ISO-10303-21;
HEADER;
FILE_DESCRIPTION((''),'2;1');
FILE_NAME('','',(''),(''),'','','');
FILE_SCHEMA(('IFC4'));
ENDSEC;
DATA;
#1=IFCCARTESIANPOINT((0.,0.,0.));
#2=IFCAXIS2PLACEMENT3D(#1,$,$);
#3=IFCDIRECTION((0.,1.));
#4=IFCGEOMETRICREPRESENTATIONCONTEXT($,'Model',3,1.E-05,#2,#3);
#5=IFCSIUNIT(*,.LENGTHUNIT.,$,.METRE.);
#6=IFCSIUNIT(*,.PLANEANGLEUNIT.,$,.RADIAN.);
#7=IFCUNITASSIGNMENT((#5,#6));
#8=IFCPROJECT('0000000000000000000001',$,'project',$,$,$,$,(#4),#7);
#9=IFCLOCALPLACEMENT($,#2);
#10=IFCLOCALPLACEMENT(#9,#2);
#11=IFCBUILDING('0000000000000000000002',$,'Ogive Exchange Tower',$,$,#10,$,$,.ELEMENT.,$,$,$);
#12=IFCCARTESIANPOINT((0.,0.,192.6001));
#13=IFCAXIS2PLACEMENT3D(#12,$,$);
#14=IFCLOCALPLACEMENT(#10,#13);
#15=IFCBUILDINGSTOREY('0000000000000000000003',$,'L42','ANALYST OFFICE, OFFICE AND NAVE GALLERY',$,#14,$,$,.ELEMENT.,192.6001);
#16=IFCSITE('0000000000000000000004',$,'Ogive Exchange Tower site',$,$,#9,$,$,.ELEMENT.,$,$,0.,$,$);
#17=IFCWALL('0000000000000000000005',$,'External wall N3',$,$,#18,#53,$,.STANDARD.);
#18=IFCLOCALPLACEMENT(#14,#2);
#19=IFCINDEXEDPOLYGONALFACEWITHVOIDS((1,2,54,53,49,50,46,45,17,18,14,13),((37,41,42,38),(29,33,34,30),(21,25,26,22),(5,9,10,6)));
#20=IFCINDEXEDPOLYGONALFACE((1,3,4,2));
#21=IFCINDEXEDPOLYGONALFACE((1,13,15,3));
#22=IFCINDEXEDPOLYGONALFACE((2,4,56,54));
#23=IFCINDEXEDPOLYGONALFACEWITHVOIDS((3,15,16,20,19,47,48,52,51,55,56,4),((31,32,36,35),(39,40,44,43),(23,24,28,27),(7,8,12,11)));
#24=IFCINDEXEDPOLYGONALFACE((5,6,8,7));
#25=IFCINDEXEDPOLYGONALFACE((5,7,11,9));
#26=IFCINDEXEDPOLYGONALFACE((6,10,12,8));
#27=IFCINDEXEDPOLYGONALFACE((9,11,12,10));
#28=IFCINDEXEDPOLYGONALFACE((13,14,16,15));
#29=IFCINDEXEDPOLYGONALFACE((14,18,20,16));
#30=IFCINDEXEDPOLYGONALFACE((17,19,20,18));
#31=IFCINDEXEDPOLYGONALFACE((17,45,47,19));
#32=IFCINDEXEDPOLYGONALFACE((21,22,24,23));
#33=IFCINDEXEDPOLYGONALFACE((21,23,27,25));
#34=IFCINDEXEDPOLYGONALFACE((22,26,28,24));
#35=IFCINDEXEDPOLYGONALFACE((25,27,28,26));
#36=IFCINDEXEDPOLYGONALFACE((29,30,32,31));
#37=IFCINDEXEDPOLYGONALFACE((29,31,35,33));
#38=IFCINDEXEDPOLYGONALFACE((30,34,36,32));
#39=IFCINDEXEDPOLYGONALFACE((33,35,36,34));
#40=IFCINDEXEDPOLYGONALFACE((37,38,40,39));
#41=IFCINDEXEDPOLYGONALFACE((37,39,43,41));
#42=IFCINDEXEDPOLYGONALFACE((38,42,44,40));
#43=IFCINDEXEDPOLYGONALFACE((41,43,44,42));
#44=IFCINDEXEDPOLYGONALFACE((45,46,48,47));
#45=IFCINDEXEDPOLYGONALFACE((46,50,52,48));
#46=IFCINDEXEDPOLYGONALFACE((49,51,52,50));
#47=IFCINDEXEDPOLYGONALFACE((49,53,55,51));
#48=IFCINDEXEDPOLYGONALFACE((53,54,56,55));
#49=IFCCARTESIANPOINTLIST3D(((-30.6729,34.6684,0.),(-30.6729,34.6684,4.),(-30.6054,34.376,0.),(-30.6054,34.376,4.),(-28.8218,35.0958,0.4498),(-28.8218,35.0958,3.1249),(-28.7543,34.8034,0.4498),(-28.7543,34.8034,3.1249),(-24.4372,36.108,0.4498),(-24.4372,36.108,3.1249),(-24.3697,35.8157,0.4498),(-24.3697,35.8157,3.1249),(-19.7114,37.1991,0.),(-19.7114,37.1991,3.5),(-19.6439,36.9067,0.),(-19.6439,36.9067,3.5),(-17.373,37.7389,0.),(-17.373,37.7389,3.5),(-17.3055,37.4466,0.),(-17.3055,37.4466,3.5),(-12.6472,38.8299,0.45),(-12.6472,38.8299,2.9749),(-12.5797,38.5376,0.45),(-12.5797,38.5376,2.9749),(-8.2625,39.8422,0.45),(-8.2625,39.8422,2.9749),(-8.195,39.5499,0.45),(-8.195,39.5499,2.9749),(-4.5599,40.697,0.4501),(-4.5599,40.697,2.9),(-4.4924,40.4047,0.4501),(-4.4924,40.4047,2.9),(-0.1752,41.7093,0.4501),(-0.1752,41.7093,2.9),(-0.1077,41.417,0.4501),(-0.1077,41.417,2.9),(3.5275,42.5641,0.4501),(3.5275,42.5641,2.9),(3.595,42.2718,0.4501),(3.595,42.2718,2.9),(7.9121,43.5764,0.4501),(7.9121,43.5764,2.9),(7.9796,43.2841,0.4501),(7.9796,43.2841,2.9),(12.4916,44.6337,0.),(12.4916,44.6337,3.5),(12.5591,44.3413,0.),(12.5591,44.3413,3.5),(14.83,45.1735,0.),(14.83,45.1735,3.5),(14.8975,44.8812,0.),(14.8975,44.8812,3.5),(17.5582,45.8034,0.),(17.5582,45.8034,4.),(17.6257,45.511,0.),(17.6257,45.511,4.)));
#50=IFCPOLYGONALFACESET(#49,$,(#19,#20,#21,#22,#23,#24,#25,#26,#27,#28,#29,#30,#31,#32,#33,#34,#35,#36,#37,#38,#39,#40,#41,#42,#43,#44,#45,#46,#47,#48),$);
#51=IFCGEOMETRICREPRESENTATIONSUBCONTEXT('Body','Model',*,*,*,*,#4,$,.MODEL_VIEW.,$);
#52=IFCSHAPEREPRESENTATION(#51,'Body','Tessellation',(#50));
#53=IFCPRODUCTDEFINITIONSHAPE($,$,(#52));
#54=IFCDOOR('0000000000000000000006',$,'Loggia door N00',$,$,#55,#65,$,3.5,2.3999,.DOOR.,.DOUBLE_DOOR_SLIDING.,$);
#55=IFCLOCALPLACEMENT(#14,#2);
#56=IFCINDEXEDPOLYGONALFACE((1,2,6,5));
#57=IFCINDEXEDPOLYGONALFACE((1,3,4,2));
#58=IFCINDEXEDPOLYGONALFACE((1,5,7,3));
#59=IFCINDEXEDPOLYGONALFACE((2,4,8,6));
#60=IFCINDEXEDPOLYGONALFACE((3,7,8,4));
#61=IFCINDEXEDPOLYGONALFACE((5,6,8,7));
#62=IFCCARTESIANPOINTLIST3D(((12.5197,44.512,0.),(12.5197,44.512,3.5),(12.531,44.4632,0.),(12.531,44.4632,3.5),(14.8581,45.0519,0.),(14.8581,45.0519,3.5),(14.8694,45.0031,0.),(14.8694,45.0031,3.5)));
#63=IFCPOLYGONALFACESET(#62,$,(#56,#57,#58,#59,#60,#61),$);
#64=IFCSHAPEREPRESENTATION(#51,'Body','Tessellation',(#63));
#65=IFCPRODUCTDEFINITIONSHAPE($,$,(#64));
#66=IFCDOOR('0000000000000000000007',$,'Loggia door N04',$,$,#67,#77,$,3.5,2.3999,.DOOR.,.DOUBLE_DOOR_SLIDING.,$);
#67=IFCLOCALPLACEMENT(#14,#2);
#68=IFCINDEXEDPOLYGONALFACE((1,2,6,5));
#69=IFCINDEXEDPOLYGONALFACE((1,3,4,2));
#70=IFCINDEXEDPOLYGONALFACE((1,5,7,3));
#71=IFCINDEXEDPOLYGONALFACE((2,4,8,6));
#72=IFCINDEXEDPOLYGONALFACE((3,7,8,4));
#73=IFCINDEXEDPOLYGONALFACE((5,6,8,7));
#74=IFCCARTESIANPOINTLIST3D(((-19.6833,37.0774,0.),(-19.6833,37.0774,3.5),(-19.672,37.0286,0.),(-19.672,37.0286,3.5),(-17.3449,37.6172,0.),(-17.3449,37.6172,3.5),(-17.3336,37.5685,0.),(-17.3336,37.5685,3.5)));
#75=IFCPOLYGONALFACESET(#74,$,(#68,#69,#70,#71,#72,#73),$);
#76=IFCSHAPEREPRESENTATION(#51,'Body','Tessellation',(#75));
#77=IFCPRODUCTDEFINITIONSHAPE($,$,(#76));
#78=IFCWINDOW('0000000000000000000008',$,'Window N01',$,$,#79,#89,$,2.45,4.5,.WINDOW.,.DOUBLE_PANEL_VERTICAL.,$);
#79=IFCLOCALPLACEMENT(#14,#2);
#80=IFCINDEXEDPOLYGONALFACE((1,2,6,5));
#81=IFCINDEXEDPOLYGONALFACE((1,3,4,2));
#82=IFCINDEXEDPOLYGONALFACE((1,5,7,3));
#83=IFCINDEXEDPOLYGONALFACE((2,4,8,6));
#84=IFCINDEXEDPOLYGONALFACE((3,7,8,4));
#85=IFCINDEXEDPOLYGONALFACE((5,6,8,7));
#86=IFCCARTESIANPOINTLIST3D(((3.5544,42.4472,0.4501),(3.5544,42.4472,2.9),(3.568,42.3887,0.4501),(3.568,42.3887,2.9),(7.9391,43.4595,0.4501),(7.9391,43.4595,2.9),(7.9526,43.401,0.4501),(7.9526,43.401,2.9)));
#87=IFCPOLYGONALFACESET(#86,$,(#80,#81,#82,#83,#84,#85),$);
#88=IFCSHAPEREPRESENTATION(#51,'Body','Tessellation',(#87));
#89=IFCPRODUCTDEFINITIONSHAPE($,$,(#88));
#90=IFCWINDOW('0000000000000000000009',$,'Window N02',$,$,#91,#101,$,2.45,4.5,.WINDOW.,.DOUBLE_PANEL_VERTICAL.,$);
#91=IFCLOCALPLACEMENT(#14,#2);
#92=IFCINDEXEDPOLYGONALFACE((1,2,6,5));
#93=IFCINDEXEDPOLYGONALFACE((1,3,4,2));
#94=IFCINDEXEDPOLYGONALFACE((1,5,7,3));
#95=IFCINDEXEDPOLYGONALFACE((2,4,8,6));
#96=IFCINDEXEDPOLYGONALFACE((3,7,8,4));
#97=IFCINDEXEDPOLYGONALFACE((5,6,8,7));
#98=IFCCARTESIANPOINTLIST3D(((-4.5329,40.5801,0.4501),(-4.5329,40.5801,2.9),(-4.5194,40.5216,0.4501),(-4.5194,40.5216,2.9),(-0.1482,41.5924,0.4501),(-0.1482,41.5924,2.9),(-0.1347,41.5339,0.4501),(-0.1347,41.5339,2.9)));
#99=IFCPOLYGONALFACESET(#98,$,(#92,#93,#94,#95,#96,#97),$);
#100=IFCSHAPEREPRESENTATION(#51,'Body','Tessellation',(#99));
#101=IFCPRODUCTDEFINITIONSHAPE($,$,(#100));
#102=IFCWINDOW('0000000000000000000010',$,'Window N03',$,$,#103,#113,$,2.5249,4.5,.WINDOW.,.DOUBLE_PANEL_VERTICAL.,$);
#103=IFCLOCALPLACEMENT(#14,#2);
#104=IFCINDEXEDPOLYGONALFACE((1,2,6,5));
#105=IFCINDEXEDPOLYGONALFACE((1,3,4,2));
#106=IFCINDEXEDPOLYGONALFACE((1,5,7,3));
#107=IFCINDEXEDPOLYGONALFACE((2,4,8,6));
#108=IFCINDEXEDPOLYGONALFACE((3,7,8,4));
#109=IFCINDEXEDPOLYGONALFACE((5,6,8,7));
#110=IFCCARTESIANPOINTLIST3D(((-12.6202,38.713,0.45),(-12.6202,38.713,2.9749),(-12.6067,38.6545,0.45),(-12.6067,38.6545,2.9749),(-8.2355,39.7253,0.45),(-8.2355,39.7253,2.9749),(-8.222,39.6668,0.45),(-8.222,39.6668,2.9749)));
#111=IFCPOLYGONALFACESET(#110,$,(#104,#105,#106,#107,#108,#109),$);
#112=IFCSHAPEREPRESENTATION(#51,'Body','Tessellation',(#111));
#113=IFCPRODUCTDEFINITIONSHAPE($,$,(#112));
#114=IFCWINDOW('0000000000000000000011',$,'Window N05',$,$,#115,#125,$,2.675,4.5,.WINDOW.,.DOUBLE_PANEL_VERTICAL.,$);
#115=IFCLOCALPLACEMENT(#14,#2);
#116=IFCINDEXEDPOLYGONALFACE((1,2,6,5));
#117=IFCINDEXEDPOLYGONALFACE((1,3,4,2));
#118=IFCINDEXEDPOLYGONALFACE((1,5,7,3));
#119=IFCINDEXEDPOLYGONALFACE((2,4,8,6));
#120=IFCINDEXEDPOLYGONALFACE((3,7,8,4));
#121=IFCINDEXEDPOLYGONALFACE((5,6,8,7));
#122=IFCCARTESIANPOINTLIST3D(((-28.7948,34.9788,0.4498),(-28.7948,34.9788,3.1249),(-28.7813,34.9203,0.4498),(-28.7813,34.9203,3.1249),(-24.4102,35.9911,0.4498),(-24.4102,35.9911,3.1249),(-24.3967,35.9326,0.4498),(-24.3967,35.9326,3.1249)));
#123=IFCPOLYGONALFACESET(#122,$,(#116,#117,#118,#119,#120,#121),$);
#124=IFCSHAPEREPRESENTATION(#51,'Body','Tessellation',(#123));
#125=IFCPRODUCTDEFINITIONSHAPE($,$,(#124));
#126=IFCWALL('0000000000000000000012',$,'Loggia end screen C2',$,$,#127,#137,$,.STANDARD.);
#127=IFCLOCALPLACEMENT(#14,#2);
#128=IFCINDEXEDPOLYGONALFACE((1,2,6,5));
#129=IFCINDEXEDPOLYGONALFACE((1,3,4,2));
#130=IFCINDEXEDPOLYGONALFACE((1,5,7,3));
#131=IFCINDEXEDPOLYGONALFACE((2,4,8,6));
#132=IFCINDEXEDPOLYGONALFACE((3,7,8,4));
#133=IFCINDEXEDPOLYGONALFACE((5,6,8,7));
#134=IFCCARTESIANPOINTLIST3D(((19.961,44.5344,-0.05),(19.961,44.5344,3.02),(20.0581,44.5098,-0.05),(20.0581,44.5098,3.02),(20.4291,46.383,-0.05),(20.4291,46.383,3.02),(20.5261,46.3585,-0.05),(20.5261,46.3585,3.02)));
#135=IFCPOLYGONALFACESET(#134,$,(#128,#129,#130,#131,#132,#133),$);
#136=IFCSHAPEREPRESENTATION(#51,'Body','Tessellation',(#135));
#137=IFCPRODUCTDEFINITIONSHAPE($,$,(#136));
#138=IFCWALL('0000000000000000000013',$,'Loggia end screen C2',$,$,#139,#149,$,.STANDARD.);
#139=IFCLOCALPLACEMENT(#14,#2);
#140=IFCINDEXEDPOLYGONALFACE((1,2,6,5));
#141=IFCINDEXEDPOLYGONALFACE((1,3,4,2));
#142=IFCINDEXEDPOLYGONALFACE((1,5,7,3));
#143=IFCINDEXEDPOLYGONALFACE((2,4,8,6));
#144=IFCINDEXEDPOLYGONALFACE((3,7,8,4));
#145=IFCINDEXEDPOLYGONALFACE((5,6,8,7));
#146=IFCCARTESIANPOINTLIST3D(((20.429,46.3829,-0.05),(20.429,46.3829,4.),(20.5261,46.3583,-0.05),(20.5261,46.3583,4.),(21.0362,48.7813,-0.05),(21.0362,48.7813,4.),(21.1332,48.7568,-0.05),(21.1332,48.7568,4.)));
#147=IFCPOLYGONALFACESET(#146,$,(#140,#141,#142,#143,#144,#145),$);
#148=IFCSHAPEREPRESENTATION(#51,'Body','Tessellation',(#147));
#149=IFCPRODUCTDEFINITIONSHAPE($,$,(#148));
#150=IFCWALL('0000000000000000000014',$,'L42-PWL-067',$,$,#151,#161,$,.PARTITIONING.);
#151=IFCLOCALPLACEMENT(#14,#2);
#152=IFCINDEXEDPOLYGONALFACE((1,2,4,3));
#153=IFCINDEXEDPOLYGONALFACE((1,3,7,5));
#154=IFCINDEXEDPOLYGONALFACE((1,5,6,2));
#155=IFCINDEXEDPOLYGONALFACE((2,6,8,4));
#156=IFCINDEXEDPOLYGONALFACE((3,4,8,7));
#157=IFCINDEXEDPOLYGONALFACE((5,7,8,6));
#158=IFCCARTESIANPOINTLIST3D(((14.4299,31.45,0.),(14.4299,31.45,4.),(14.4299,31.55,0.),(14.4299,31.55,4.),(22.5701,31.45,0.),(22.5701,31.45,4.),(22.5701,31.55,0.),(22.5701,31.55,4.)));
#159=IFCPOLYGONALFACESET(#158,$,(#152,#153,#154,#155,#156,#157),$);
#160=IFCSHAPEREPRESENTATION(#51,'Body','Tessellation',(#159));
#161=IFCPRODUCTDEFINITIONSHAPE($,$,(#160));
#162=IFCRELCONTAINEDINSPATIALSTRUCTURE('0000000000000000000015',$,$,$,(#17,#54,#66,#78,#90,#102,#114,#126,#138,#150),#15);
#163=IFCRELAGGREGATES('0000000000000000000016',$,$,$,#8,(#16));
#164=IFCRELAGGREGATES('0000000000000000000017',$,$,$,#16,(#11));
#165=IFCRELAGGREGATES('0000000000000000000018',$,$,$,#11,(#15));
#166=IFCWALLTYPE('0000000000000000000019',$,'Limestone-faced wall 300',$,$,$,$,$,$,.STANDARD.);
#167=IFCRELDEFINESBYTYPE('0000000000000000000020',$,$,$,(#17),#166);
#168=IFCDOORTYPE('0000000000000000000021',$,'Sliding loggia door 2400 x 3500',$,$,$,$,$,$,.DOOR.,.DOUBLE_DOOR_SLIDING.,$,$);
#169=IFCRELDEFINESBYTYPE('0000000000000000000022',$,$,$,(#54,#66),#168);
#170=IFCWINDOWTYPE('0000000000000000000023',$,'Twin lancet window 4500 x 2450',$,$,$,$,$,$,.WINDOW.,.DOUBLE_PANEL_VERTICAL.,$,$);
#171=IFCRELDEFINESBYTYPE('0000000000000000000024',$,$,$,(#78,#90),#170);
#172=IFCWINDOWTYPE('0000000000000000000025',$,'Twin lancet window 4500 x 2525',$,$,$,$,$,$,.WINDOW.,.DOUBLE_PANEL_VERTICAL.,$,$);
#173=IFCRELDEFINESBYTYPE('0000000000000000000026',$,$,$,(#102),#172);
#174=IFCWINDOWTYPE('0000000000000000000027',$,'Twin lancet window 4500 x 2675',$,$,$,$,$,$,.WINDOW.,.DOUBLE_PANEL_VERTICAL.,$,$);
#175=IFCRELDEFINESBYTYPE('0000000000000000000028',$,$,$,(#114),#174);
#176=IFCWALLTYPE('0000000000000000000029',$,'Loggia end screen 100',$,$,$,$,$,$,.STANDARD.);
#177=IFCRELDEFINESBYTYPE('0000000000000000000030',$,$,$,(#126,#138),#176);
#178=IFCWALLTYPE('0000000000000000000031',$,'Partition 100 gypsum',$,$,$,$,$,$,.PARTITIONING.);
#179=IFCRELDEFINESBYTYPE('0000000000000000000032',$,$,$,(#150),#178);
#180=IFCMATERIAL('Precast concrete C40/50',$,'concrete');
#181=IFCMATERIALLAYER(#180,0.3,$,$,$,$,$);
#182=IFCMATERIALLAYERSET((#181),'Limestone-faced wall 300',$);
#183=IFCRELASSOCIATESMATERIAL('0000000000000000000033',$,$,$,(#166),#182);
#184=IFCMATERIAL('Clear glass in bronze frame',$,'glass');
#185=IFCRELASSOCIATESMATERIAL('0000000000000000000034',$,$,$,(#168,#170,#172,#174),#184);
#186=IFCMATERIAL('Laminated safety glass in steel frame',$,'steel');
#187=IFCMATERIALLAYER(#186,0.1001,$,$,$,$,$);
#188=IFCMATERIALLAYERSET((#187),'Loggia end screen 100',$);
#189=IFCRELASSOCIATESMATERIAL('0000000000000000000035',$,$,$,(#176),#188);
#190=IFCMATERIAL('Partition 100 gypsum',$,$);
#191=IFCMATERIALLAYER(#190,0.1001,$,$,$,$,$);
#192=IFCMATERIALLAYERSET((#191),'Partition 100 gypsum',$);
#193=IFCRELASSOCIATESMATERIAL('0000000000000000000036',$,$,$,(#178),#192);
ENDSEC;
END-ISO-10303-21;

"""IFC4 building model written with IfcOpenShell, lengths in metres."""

from ifc_helpers import new_model, si_unit, direction, frame, frame_2d, origin, place, context, subcontext, project, spatial, rectangle, extrude, material, layer, layer_set, type_object, element, fill, save


model = new_model("IFC4")

# Units and contexts
model_context = context("Model", 3, precision=1e-05, world=origin(), true_north=direction((0.0, 1.0)))
body_context = subcontext(model_context, "Body", "Model", "MODEL_VIEW")
ifc_project = project(units=[si_unit("LENGTHUNIT", "METRE"), si_unit("PLANEANGLEUNIT", "RADIAN")], contexts=[model_context])

# Site, building, storey
site_placement = place(None, origin())
site = spatial("IfcSite", under=ifc_project, at=site_placement, Name="Ogive Exchange Tower site", CompositionType="ELEMENT", RefElevation=0.0)
building_placement = place(site_placement, origin())
building = spatial("IfcBuilding", under=site, at=building_placement, Name="Ogive Exchange Tower", CompositionType="ELEMENT")
storey_placement = place(building_placement, frame((0.0, 0.0, 192.6001)))
storey = spatial("IfcBuildingStorey", under=building, at=storey_placement, Name="L42", Description="ANALYST OFFICE, OFFICE AND NAVE GALLERY", CompositionType="ELEMENT", Elevation=192.6001)

# Wall, openings, doors, windows
ifc_material_1 = material(Name="Precast concrete C40/50", Category="concrete")
ifc_layer_1 = layer(ifc_material_1, 0.3)
ifc_layer_set_1 = layer_set([ifc_layer_1], Name="Limestone-faced wall 300")
wall_type_1 = type_object("IfcWallType", Name="Limestone-faced wall 300", PredefinedType="STANDARD", material=ifc_layer_set_1)
wall_1_placement = place(storey_placement, frame((17.592, 45.6572, 0.0), z_axis=(0.0, 0.0, 1.0), x_axis=(-0.97437, -0.22495, 0.0)))
wall_1 = element("IfcWall", 1, at=wall_1_placement, inside=storey, type_object=wall_type_1, Name="External wall N3", PredefinedType="STANDARD", context=body_context, shape_type="SweptSolid", body=[
    extrude(rectangle(XDim=49.4998, YDim=0.3, at=frame_2d((24.75, 0.0))), origin(), (0.0, 0.0, 1.0), 4.0),
])
opening_1_placement = place(wall_1_placement, frame((2.8, 0.0, 0.0)))
opening_1 = element("IfcOpeningElement", 2, at=opening_1_placement, cuts=wall_1, PredefinedType="OPENING", context=body_context, shape_type="SweptSolid", body=[
    extrude(rectangle(XDim=2.3999, YDim=3.5, at=frame_2d((1.2, 1.75))), frame((0.0, 0.1599, 0.0), z_axis=(0.0, -1.0, 0.0), x_axis=(1.0, 0.0, 0.0)), (0.0, 0.0, 1.0), 0.3201),
])
opening_2_placement = place(wall_1_placement, frame((9.8999, 0.0, 0.45)))
opening_2 = element("IfcOpeningElement", 3, at=opening_2_placement, cuts=wall_1, PredefinedType="OPENING", context=body_context, shape_type="SweptSolid", body=[
    extrude(rectangle(XDim=4.5, YDim=2.45, at=frame_2d((2.25, 1.2251))), frame((0.0, 0.1599, 0.0), z_axis=(0.0, -1.0, 0.0), x_axis=(1.0, 0.0, 0.0)), (0.0, 0.0, 1.0), 0.3201),
])
opening_3_placement = place(wall_1_placement, frame((18.2, 0.0, 0.45)))
opening_3 = element("IfcOpeningElement", 4, at=opening_3_placement, cuts=wall_1, PredefinedType="OPENING", context=body_context, shape_type="SweptSolid", body=[
    extrude(rectangle(XDim=4.5, YDim=2.45, at=frame_2d((2.25, 1.2251))), frame((0.0, 0.1599, 0.0), z_axis=(0.0, -1.0, 0.0), x_axis=(1.0, 0.0, 0.0)), (0.0, 0.0, 1.0), 0.3201),
])
opening_4_placement = place(wall_1_placement, frame((26.5, 0.0, 0.45)))
opening_4 = element("IfcOpeningElement", 5, at=opening_4_placement, cuts=wall_1, PredefinedType="OPENING", context=body_context, shape_type="SweptSolid", body=[
    extrude(rectangle(XDim=4.5, YDim=2.5249, at=frame_2d((2.25, 1.2625))), frame((0.0, 0.1599, 0.0), z_axis=(0.0, -1.0, 0.0), x_axis=(1.0, 0.0, 0.0)), (0.0, 0.0, 1.0), 0.3201),
])
opening_5_placement = place(wall_1_placement, frame((35.8501, 0.0, 0.0)))
opening_5 = element("IfcOpeningElement", 6, at=opening_5_placement, cuts=wall_1, PredefinedType="OPENING", context=body_context, shape_type="SweptSolid", body=[
    extrude(rectangle(XDim=2.3999, YDim=3.5, at=frame_2d((1.2, 1.75))), frame((0.0, 0.1599, 0.0), z_axis=(0.0, -1.0, 0.0), x_axis=(1.0, 0.0, 0.0)), (0.0, 0.0, 1.0), 0.3201),
])
opening_6_placement = place(wall_1_placement, frame((43.1001, 0.0, 0.45)))
opening_6 = element("IfcOpeningElement", 7, at=opening_6_placement, cuts=wall_1, PredefinedType="OPENING", context=body_context, shape_type="SweptSolid", body=[
    extrude(rectangle(XDim=4.5, YDim=2.675, at=frame_2d((2.25, 1.3374))), frame((0.0, 0.1599, 0.0), z_axis=(0.0, -1.0, 0.0), x_axis=(1.0, 0.0, 0.0)), (0.0, 0.0, 1.0), 0.3201),
])
ifc_material_2 = material(Name="Clear glass in bronze frame", Category="glass")
door_type = type_object("IfcDoorType", Name="Sliding loggia door 2400 x 3500", OperationType="DOUBLE_DOOR_SLIDING", PredefinedType="DOOR", material=ifc_material_2)
door_1_placement = place(opening_1_placement, origin())
door_1 = element("IfcDoor", 8, at=door_1_placement, inside=storey, type_object=door_type, Name="Loggia door N00", OperationType="DOUBLE_DOOR_SLIDING", OverallHeight=3.5, OverallWidth=2.3999, PredefinedType="DOOR", context=body_context, shape_type="SweptSolid", body=[
    extrude(rectangle(XDim=2.3999, YDim=3.5, at=frame_2d((1.2, 1.75))), frame((0.0, 0.0249, 0.0), z_axis=(0.0, -1.0, 0.0), x_axis=(1.0, 0.0, 0.0)), (0.0, 0.0, 1.0), 0.05),
])
fill(opening_1, door_1)
door_2_placement = place(opening_5_placement, origin())
door_2 = element("IfcDoor", 9, at=door_2_placement, inside=storey, type_object=door_type, Name="Loggia door N04", OperationType="DOUBLE_DOOR_SLIDING", OverallHeight=3.5, OverallWidth=2.3999, PredefinedType="DOOR", context=body_context, shape_type="SweptSolid", body=[
    extrude(rectangle(XDim=2.3999, YDim=3.5, at=frame_2d((1.2, 1.75))), frame((0.0, 0.0249, 0.0), z_axis=(0.0, -1.0, 0.0), x_axis=(1.0, 0.0, 0.0)), (0.0, 0.0, 1.0), 0.05),
])
fill(opening_5, door_2)
window_type_1 = type_object("IfcWindowType", Name="Twin lancet window 4500 x 2450", PartitioningType="DOUBLE_PANEL_VERTICAL", PredefinedType="WINDOW", material=ifc_material_2)
window_1_placement = place(opening_2_placement, origin())
window_1 = element("IfcWindow", 10, at=window_1_placement, inside=storey, type_object=window_type_1, Name="Window N01", OverallHeight=2.45, OverallWidth=4.5, PartitioningType="DOUBLE_PANEL_VERTICAL", PredefinedType="WINDOW", context=body_context, shape_type="SweptSolid", body=[
    extrude(rectangle(XDim=4.5, YDim=2.45, at=frame_2d((2.25, 1.2251))), frame((0.0, 0.03, 0.0), z_axis=(0.0, -1.0, 0.0), x_axis=(1.0, 0.0, 0.0)), (0.0, 0.0, 1.0), 0.0601),
])
fill(opening_2, window_1)
window_2_placement = place(opening_3_placement, origin())
window_2 = element("IfcWindow", 11, at=window_2_placement, inside=storey, type_object=window_type_1, Name="Window N02", OverallHeight=2.45, OverallWidth=4.5, PartitioningType="DOUBLE_PANEL_VERTICAL", PredefinedType="WINDOW", context=body_context, shape_type="SweptSolid", body=[
    extrude(rectangle(XDim=4.5, YDim=2.45, at=frame_2d((2.25, 1.2251))), frame((0.0, 0.03, 0.0), z_axis=(0.0, -1.0, 0.0), x_axis=(1.0, 0.0, 0.0)), (0.0, 0.0, 1.0), 0.0601),
])
fill(opening_3, window_2)
window_type_2 = type_object("IfcWindowType", Name="Twin lancet window 4500 x 2525", PartitioningType="DOUBLE_PANEL_VERTICAL", PredefinedType="WINDOW", material=ifc_material_2)
window_3_placement = place(opening_4_placement, origin())
window_3 = element("IfcWindow", 12, at=window_3_placement, inside=storey, type_object=window_type_2, Name="Window N03", OverallHeight=2.5249, OverallWidth=4.5, PartitioningType="DOUBLE_PANEL_VERTICAL", PredefinedType="WINDOW", context=body_context, shape_type="SweptSolid", body=[
    extrude(rectangle(XDim=4.5, YDim=2.5249, at=frame_2d((2.25, 1.2625))), frame((0.0, 0.03, 0.0), z_axis=(0.0, -1.0, 0.0), x_axis=(1.0, 0.0, 0.0)), (0.0, 0.0, 1.0), 0.0601),
])
fill(opening_4, window_3)
window_type_3 = type_object("IfcWindowType", Name="Twin lancet window 4500 x 2675", PartitioningType="DOUBLE_PANEL_VERTICAL", PredefinedType="WINDOW", material=ifc_material_2)
window_4_placement = place(opening_6_placement, origin())
window_4 = element("IfcWindow", 13, at=window_4_placement, inside=storey, type_object=window_type_3, Name="Window N05", OverallHeight=2.675, OverallWidth=4.5, PartitioningType="DOUBLE_PANEL_VERTICAL", PredefinedType="WINDOW", context=body_context, shape_type="SweptSolid", body=[
    extrude(rectangle(XDim=4.5, YDim=2.675, at=frame_2d((2.25, 1.3374))), frame((0.0, 0.03, 0.0), z_axis=(0.0, -1.0, 0.0), x_axis=(1.0, 0.0, 0.0)), (0.0, 0.0, 1.0), 0.0601),
])
fill(opening_6, window_4)

# Walls
ifc_material_3 = material(Name="Laminated safety glass in steel frame", Category="steel")
ifc_layer_2 = layer(ifc_material_3, 0.1001)
ifc_layer_set_2 = layer_set([ifc_layer_2], Name="Loggia end screen 100")
wall_type_2 = type_object("IfcWallType", Name="Loggia end screen 100", PredefinedType="STANDARD", material=ifc_layer_set_2)
wall_2_placement = place(storey_placement, frame((20.0095, 44.522, -0.05), z_axis=(0.0, 0.0, 1.0), x_axis=(0.245426, 0.969415, 0.0)))
element("IfcWall", 14, at=wall_2_placement, inside=storey, type_object=wall_type_2, Name="Loggia end screen C2", PredefinedType="STANDARD", context=body_context, shape_type="SweptSolid", body=[
    extrude(rectangle(XDim=1.907, YDim=0.1001, at=frame_2d((0.9536, 0.0))), origin(), (0.0, 0.0, 1.0), 3.0701),
])
wall_3_placement = place(storey_placement, frame((20.4775, 46.3706, -0.05), z_axis=(0.0, 0.0, 1.0), x_axis=(0.245414, 0.969418, 0.0)))
element("IfcWall", 15, at=wall_3_placement, inside=storey, type_object=wall_type_2, Name="Loggia end screen C2", PredefinedType="STANDARD", context=body_context, shape_type="SweptSolid", body=[
    extrude(rectangle(XDim=2.4741, YDim=0.1001, at=frame_2d((1.2371, 0.0))), origin(), (0.0, 0.0, 1.0), 4.05),
])
ifc_material_4 = material(Name="Partition 100 gypsum")
ifc_layer_3 = layer(ifc_material_4, 0.1001)
ifc_layer_set_3 = layer_set([ifc_layer_3], Name="Partition 100 gypsum")
wall_type_3 = type_object("IfcWallType", Name="Partition 100 gypsum", PredefinedType="PARTITIONING", material=ifc_layer_set_3)
wall_4_placement = place(storey_placement, frame((14.4299, 31.5, 0.0), z_axis=(0.0, 0.0, 1.0), x_axis=(1.0, 0.0, 0.0)))
element("IfcWall", 16, at=wall_4_placement, inside=storey, type_object=wall_type_3, Name="L42-PWL-067", PredefinedType="PARTITIONING", context=body_context, shape_type="SweptSolid", body=[
    extrude(rectangle(XDim=8.1401, YDim=0.1001, at=frame_2d((4.0701, 0.0))), origin(), (0.0, 0.0, 1.0), 4.0),
])

save(model, "model.ifc")
